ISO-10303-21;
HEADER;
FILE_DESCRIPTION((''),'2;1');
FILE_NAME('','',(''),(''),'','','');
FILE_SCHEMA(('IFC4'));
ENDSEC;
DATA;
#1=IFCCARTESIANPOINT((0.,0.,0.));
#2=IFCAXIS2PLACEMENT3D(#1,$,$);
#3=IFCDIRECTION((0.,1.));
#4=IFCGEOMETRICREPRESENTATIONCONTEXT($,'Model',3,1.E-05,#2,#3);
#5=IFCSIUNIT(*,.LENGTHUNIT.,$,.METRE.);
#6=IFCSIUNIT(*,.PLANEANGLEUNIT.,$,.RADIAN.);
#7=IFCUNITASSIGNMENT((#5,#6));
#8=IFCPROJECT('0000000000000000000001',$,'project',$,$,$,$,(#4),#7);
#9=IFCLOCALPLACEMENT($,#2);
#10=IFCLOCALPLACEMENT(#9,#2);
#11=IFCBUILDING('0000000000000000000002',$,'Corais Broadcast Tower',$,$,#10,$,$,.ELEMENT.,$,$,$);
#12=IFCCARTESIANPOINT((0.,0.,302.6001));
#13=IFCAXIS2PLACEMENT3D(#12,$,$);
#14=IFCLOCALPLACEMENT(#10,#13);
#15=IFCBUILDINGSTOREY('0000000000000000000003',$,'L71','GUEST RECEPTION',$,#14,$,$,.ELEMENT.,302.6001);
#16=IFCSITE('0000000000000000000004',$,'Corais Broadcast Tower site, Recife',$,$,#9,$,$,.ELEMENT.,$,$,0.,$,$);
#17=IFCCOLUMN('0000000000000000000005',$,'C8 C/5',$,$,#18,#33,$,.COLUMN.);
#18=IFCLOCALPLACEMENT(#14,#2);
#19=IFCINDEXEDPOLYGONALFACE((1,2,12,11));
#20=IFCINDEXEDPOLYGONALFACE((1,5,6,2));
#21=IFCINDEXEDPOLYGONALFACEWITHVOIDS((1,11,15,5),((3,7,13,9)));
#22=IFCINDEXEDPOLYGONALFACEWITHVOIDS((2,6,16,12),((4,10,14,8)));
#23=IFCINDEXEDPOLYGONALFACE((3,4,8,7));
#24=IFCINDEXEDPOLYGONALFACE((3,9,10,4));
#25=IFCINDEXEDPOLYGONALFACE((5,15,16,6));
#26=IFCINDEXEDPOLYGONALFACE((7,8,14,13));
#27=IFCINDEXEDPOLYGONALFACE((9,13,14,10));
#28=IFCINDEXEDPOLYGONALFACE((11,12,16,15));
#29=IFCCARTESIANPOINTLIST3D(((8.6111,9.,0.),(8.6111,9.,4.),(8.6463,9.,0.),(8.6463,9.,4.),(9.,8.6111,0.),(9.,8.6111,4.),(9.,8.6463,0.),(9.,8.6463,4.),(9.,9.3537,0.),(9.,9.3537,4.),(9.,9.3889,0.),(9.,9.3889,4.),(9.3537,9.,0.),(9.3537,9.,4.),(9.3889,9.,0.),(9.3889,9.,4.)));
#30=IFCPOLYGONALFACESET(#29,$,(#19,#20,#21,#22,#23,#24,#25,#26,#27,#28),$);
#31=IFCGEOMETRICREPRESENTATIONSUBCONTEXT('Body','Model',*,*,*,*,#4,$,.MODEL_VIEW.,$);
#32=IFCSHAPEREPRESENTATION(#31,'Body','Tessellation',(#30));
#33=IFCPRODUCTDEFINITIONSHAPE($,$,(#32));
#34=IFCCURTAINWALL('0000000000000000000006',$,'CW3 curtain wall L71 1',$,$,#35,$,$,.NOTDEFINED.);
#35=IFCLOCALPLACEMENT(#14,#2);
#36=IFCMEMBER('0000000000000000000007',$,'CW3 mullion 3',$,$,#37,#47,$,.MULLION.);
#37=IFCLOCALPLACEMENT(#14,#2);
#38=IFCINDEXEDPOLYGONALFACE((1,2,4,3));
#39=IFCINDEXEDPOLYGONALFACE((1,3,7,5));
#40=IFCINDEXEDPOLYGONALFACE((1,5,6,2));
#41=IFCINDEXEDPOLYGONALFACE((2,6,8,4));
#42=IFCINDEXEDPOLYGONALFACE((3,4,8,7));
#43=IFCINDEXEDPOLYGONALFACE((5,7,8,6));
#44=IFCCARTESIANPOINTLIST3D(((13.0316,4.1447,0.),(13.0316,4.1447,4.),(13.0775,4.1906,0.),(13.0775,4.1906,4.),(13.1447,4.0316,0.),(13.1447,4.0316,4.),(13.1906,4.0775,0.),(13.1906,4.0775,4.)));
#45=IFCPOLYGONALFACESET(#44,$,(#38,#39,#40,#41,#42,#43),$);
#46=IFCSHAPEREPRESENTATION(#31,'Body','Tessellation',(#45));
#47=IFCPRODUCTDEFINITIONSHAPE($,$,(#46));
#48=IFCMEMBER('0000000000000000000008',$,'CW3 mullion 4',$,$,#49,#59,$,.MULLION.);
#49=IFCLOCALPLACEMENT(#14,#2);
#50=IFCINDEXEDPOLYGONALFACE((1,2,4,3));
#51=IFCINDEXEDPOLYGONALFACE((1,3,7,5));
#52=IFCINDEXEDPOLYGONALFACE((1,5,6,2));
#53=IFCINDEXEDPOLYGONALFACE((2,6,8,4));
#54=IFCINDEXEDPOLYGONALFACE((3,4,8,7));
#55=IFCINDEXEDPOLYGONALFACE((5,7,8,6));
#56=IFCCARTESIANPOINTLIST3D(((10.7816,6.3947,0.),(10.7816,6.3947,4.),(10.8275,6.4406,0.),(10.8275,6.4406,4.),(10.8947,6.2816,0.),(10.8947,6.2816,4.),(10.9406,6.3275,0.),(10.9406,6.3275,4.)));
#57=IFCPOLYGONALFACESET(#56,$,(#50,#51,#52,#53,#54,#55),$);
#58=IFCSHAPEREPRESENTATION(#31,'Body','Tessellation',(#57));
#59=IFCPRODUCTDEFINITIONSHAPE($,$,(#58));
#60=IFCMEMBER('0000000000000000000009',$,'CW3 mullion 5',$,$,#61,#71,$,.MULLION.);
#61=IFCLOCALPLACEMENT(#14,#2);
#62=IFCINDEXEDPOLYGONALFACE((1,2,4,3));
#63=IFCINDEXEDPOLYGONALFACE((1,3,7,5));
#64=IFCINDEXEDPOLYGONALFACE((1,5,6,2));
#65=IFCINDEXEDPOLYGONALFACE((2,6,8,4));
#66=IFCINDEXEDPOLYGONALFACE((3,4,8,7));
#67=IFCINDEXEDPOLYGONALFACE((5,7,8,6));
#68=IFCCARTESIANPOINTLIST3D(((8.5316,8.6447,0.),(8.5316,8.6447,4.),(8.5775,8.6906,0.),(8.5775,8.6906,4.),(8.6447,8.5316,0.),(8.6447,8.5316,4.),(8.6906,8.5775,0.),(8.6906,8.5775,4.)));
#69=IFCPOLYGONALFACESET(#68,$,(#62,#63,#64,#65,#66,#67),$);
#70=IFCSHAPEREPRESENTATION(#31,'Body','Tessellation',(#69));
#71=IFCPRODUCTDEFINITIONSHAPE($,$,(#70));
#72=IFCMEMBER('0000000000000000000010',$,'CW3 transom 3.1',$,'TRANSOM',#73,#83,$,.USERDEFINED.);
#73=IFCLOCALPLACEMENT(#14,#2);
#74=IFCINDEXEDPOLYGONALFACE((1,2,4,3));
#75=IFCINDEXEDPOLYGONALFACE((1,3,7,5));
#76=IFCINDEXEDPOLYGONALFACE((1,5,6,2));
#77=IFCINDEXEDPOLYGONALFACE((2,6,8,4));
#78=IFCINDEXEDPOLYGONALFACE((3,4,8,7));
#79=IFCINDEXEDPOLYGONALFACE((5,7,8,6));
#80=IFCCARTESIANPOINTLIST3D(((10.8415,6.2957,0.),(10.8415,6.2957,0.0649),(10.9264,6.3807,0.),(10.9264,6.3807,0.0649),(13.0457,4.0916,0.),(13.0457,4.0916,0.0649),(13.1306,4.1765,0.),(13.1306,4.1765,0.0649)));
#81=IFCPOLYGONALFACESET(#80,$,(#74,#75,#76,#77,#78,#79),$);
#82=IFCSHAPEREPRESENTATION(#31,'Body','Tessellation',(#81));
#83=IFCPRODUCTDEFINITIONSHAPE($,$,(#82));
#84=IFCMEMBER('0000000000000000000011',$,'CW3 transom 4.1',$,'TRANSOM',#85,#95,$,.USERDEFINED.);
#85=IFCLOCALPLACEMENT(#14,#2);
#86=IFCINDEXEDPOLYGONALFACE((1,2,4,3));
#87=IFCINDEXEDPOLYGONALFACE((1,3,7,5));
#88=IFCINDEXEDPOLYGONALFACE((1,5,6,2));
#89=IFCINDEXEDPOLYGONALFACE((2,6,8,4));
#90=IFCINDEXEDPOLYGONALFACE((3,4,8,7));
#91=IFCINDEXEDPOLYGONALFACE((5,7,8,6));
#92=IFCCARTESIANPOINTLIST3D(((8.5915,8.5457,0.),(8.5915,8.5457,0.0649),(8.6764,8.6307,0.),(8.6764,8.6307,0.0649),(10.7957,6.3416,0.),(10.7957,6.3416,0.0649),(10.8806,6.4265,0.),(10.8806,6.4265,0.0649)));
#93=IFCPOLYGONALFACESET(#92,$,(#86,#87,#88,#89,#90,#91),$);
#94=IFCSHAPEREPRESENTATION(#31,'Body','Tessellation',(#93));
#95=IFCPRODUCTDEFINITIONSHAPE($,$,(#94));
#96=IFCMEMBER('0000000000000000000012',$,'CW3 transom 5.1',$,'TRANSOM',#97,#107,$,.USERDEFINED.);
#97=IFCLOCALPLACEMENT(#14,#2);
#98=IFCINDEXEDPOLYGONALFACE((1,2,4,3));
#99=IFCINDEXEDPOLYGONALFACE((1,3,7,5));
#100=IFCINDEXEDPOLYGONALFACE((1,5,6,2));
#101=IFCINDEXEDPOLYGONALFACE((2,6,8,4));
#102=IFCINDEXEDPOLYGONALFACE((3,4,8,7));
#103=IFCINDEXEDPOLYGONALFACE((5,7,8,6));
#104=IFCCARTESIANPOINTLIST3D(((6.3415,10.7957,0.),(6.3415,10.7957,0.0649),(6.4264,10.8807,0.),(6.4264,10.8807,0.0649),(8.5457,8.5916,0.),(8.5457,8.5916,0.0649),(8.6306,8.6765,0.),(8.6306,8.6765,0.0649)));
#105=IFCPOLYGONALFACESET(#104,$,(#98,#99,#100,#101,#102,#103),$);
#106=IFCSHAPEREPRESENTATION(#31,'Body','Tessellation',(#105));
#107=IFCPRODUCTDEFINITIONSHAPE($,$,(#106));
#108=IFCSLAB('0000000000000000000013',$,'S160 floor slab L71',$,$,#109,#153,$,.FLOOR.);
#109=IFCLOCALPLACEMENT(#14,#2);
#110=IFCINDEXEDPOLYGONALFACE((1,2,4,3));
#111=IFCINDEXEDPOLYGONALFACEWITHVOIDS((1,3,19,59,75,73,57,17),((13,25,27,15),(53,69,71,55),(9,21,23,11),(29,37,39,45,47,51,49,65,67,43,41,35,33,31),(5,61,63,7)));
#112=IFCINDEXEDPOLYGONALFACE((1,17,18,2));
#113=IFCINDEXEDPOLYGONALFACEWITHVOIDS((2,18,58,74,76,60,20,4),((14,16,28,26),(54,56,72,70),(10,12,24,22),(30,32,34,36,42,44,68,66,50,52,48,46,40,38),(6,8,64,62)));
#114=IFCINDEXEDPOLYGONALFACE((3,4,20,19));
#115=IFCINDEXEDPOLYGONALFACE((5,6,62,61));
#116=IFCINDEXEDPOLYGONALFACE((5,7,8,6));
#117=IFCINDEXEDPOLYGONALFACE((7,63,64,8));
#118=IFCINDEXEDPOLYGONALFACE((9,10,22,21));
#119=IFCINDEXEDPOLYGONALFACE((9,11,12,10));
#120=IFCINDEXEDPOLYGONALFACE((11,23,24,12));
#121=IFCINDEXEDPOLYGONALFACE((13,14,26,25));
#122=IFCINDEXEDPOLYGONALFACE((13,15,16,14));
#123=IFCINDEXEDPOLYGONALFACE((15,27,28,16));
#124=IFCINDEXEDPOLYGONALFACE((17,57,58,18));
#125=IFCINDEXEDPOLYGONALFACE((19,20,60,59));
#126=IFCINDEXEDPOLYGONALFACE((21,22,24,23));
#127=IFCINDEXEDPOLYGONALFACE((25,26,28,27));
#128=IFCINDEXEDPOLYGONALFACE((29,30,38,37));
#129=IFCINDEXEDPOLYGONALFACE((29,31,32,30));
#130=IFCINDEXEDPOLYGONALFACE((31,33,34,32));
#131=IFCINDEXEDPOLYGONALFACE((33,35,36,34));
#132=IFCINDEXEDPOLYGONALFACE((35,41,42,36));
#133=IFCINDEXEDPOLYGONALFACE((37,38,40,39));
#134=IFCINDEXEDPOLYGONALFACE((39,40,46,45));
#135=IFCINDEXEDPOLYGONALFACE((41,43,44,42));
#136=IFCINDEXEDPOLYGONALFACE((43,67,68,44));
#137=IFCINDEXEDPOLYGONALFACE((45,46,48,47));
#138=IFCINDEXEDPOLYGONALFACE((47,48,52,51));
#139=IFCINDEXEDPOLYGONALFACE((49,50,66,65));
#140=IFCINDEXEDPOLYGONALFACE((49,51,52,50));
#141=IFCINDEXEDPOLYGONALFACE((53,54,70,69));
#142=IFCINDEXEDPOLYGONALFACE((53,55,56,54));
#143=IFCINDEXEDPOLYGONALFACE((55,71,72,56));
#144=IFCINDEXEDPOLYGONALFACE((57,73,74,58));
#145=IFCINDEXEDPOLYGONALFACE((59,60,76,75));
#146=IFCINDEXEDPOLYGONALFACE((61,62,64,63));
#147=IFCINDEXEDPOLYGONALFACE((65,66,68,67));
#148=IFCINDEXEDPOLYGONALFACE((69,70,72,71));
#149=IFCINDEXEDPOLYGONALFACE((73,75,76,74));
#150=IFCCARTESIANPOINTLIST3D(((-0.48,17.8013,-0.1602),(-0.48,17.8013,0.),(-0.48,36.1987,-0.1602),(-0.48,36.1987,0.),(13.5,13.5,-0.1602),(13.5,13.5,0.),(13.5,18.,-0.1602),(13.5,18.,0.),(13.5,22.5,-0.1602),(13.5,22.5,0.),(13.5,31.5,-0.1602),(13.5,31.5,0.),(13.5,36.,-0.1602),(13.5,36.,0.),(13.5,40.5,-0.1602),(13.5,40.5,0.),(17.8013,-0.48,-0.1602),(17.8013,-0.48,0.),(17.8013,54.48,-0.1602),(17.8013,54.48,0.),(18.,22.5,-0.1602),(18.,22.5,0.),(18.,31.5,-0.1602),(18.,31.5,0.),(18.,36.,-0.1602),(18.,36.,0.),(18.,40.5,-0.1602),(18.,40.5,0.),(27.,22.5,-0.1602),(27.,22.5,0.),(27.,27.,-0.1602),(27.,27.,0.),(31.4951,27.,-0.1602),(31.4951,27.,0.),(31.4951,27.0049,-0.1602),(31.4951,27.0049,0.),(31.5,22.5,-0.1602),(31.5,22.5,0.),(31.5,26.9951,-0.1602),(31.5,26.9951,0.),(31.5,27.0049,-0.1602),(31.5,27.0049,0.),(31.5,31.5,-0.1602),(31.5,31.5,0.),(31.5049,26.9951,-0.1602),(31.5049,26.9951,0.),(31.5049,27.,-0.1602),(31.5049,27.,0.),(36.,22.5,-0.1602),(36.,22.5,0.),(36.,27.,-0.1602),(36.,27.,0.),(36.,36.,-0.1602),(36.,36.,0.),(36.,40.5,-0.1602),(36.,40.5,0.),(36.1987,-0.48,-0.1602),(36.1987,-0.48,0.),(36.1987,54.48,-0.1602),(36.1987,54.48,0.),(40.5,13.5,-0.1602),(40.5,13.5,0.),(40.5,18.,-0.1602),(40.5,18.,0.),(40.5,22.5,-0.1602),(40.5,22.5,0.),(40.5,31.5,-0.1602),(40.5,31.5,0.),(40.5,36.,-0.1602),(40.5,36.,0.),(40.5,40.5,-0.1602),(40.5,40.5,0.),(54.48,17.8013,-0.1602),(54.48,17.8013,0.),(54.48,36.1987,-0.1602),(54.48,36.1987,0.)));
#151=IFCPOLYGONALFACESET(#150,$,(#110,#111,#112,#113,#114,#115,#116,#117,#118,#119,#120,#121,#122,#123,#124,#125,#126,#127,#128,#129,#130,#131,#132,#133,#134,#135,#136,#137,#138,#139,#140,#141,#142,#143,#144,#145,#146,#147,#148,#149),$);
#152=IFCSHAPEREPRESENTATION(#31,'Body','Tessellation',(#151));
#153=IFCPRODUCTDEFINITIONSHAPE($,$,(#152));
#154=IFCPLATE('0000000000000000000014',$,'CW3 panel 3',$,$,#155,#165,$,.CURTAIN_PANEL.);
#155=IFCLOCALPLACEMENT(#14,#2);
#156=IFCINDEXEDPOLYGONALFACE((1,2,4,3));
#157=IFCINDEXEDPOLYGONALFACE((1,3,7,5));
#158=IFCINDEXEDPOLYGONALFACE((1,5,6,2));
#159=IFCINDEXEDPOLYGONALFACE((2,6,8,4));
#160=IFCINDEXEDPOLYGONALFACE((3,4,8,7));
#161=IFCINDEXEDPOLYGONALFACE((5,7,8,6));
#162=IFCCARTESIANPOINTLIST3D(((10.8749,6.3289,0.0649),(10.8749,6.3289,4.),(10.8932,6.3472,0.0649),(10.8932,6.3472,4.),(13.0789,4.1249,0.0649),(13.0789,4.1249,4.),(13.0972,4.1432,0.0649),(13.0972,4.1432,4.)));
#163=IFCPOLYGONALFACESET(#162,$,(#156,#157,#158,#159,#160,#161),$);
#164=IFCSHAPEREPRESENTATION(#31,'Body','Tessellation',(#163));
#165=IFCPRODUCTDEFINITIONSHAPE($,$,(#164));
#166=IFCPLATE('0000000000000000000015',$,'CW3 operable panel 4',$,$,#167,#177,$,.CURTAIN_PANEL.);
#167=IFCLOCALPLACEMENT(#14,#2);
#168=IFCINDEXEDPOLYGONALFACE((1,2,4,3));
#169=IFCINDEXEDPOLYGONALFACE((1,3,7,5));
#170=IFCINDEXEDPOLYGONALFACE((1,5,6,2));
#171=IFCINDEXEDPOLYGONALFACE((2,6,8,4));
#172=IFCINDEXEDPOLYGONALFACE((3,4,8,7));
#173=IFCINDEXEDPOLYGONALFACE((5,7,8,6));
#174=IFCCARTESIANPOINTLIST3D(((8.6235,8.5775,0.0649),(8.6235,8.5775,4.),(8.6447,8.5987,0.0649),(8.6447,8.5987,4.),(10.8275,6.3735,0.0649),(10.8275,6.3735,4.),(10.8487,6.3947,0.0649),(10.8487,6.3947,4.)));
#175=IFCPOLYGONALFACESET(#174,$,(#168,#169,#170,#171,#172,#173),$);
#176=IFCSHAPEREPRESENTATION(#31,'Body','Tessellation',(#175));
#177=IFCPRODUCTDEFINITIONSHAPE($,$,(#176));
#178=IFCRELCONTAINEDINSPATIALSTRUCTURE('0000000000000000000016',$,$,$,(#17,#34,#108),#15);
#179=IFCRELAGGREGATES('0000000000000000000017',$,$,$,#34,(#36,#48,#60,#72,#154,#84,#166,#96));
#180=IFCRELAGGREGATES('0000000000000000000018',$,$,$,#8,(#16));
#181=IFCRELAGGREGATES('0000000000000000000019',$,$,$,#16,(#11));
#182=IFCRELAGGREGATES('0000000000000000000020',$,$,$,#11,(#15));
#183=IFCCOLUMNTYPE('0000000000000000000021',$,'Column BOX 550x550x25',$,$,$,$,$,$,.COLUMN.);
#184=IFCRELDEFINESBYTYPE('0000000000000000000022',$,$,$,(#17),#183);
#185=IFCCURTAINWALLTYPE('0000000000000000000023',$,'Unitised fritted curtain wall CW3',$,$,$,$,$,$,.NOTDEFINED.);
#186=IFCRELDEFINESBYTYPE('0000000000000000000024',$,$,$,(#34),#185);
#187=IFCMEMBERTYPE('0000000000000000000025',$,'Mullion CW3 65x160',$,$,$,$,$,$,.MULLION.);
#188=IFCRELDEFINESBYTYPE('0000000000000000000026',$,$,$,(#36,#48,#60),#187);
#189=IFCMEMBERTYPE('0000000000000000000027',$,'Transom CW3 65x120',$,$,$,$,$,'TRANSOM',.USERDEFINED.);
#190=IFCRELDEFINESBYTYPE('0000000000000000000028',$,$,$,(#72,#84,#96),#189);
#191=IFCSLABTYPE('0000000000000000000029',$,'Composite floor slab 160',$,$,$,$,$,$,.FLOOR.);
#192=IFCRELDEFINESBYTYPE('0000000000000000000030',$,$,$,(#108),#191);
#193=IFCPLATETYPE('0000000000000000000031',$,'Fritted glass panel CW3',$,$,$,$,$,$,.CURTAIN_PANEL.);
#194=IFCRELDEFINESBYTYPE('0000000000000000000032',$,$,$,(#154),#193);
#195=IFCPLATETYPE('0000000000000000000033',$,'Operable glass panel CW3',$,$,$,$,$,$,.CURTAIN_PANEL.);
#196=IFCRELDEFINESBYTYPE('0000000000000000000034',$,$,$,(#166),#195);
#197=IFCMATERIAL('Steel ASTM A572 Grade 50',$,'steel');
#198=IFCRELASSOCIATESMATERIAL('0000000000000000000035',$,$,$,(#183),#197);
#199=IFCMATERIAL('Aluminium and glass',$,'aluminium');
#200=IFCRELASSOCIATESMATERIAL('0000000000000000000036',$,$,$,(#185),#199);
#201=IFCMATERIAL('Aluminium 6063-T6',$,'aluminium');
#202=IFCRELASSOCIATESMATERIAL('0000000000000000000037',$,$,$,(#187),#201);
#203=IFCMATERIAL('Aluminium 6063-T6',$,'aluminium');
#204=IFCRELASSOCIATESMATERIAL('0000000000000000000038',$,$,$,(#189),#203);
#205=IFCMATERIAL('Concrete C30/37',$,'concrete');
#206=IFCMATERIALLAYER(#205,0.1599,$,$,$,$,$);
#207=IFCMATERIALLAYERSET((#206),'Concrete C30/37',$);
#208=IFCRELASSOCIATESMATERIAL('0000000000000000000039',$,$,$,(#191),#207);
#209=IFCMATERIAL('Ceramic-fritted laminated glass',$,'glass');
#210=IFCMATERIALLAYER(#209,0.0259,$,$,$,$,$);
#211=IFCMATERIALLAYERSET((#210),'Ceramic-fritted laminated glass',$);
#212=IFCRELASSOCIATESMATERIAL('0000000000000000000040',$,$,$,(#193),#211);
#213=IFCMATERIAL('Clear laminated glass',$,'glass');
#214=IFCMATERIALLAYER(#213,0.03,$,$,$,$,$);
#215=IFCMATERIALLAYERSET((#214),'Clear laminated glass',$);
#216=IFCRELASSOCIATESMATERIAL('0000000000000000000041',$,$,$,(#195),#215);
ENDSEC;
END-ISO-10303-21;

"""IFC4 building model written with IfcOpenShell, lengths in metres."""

from ifc_helpers import new_model, si_unit, direction, frame, origin, origin_2d, place, context, subcontext, project, spatial, polyline, rectangle, hollow_rectangle, outline, extrude, material, layer, layer_set, material_profile, profile_set, type_object, element, aggregate, save


model = new_model("IFC4")

# Units and contexts
model_context = context("Model", 3, precision=1e-05, world=origin(), true_north=direction((0.0, 1.0)))
body_context = subcontext(model_context, "Body", "Model", "MODEL_VIEW")
ifc_project = project(units=[si_unit("LENGTHUNIT", "METRE"), si_unit("PLANEANGLEUNIT", "RADIAN")], contexts=[model_context])

# Site, building, storey
site_placement = place(None, origin())
site = spatial("IfcSite", under=ifc_project, at=site_placement, Name="Corais Broadcast Tower site, Recife", CompositionType="ELEMENT", RefElevation=0.0)
building_placement = place(site_placement, origin())
building = spatial("IfcBuilding", under=site, at=building_placement, Name="Corais Broadcast Tower", CompositionType="ELEMENT")
storey_placement = place(building_placement, frame((0.0, 0.0, 302.6001)))
storey = spatial("IfcBuildingStorey", under=building, at=storey_placement, Name="L71", Description="GUEST RECEPTION", CompositionType="ELEMENT", Elevation=302.6001)

# Column
ifc_material_1 = material(Name="Steel ASTM A572 Grade 50", Category="steel")
ifc_material_profile_1 = material_profile(ifc_material_1, hollow_rectangle(XDim=0.55, YDim=0.55, WallThickness=0.0249, at=origin_2d()), Name="BOX 550x550x25")
ifc_profile_set_1 = profile_set([ifc_material_profile_1], Name="Steel ASTM A572 Grade 50")
column_type = type_object("IfcColumnType", Name="Column BOX 550x550x25", PredefinedType="COLUMN", material=ifc_profile_set_1)
column_placement = place(storey_placement, frame((9.0, 9.0, 0.0), z_axis=(0.0, 0.0, 1.0), x_axis=(0.707107, 0.707107, 0.0)))
element("IfcColumn", 1, at=column_placement, inside=storey, type_object=column_type, Name="C8 C/5", PredefinedType="COLUMN", context=body_context, shape_type="SweptSolid", body=[
    extrude(hollow_rectangle(XDim=0.55, YDim=0.55, WallThickness=0.0249, at=origin_2d()), origin(), (0.0, 0.0, 1.0), 4.0),
])

# Curtain wall, members
ifc_material_2 = material(Name="Aluminium and glass", Category="aluminium")
curtain_wall_type = type_object("IfcCurtainWallType", Name="Unitised fritted curtain wall CW3", PredefinedType="NOTDEFINED", material=ifc_material_2)
curtain_wall_placement = place(storey_placement, origin())
curtain_wall = element("IfcCurtainWall", 2, at=curtain_wall_placement, inside=storey, type_object=curtain_wall_type, Name="CW3 curtain wall L71 1", PredefinedType="NOTDEFINED")
ifc_material_3 = material(Name="Aluminium 6063-T6", Category="aluminium")
ifc_material_profile_2 = material_profile(ifc_material_3, rectangle(XDim=0.0649, YDim=0.1599, at=origin_2d()), Name="Mullion CW3 65x160")
ifc_profile_set_2 = profile_set([ifc_material_profile_2], Name="Aluminium 6063-T6")
member_type_1 = type_object("IfcMemberType", Name="Mullion CW3 65x160", PredefinedType="MULLION", material=ifc_profile_set_2)
member_1_placement = place(storey_placement, frame((13.1111, 4.1111, 0.0), z_axis=(0.0, 0.0, 1.0), x_axis=(-0.707107, -0.707107, 0.0)))
member_1 = element("IfcMember", 3, at=member_1_placement, type_object=member_type_1, Name="CW3 mullion 3", PredefinedType="MULLION", context=body_context, shape_type="SweptSolid", body=[
    extrude(rectangle(XDim=0.0649, YDim=0.1599, at=origin_2d()), origin(), (0.0, 0.0, 1.0), 4.0),
])
member_2_placement = place(storey_placement, frame((10.8611, 6.3611, 0.0), z_axis=(0.0, 0.0, 1.0), x_axis=(-0.707107, -0.707107, 0.0)))
member_2 = element("IfcMember", 4, at=member_2_placement, type_object=member_type_1, Name="CW3 mullion 4", PredefinedType="MULLION", context=body_context, shape_type="SweptSolid", body=[
    extrude(rectangle(XDim=0.0649, YDim=0.1599, at=origin_2d()), origin(), (0.0, 0.0, 1.0), 4.0),
])
member_3_placement = place(storey_placement, frame((8.6111, 8.6111, 0.0), z_axis=(0.0, 0.0, 1.0), x_axis=(-0.707107, -0.707107, 0.0)))
member_3 = element("IfcMember", 5, at=member_3_placement, type_object=member_type_1, Name="CW3 mullion 5", PredefinedType="MULLION", context=body_context, shape_type="SweptSolid", body=[
    extrude(rectangle(XDim=0.0649, YDim=0.1599, at=origin_2d()), origin(), (0.0, 0.0, 1.0), 4.0),
])
ifc_material_4 = material(Name="Aluminium 6063-T6", Category="aluminium")
ifc_material_profile_3 = material_profile(ifc_material_4, rectangle(XDim=0.1201, YDim=0.0649, at=origin_2d()), Name="Transom CW3 65x120")
ifc_profile_set_3 = profile_set([ifc_material_profile_3], Name="Aluminium 6063-T6")
member_type_2 = type_object("IfcMemberType", Name="Transom CW3 65x120", ElementType="TRANSOM", PredefinedType="USERDEFINED", material=ifc_profile_set_3)
member_4_placement = place(storey_placement, frame((13.0881, 4.134, 0.0325), z_axis=(-0.707107, 0.707107, 0.0), x_axis=(-0.707107, -0.707107, 0.0)))
member_4 = element("IfcMember", 6, at=member_4_placement, type_object=member_type_2, Name="CW3 transom 3.1", ObjectType="TRANSOM", PredefinedType="USERDEFINED", context=body_context, shape_type="SweptSolid", body=[
    extrude(rectangle(XDim=0.1201, YDim=0.0649, at=origin_2d()), origin(), (0.0, 0.0, 1.0), 3.1172),
])
member_5_placement = place(storey_placement, frame((10.8381, 6.384, 0.0325), z_axis=(-0.707107, 0.707107, 0.0), x_axis=(-0.707107, -0.707107, 0.0)))
member_5 = element("IfcMember", 7, at=member_5_placement, type_object=member_type_2, Name="CW3 transom 4.1", ObjectType="TRANSOM", PredefinedType="USERDEFINED", context=body_context, shape_type="SweptSolid", body=[
    extrude(rectangle(XDim=0.1201, YDim=0.0649, at=origin_2d()), origin(), (0.0, 0.0, 1.0), 3.1172),
])
member_6_placement = place(storey_placement, frame((8.5881, 8.634, 0.0325), z_axis=(-0.707107, 0.707107, 0.0), x_axis=(-0.707107, -0.707107, 0.0)))
member_6 = element("IfcMember", 8, at=member_6_placement, type_object=member_type_2, Name="CW3 transom 5.1", ObjectType="TRANSOM", PredefinedType="USERDEFINED", context=body_context, shape_type="SweptSolid", body=[
    extrude(rectangle(XDim=0.1201, YDim=0.0649, at=origin_2d()), origin(), (0.0, 0.0, 1.0), 3.1172),
])

# Slab
ifc_material_5 = material(Name="Concrete C30/37", Category="concrete")
ifc_layer_1 = layer(ifc_material_5, 0.1599)
ifc_layer_set_1 = layer_set([ifc_layer_1], Name="Concrete C30/37")
slab_type_1 = type_object("IfcSlabType", Name="Composite floor slab 160", PredefinedType="FLOOR", material=ifc_layer_set_1)
slab_1_placement = place(storey_placement, frame((0.0, 0.0, -0.1602)))
element("IfcSlab", 9, at=slab_1_placement, inside=storey, type_object=slab_type_1, Name="S160 floor slab L71", PredefinedType="FLOOR", context=body_context, shape_type="SweptSolid", body=[
    extrude(outline(polyline([(17.8013, -0.48), (-0.48, 17.8013), (-0.48, 36.1987), (17.8013, 54.48), (36.1987, 54.48), (54.48, 36.1987), (54.48, 17.8013), (36.1987, -0.48), (17.8013, -0.48)]), holes=[polyline([(13.5, 18.0), (40.5, 18.0), (40.5, 13.5), (13.5, 13.5), (13.5, 18.0)]), polyline([(18.0, 22.5), (13.5, 22.5), (13.5, 31.5), (18.0, 31.5), (18.0, 22.5)]), polyline([(18.0, 36.0), (13.5, 36.0), (13.5, 40.5), (18.0, 40.5), (18.0, 36.0)]), polyline([(31.5, 22.5), (27.0, 22.5), (27.0, 27.0), (31.4951, 27.0), (31.4951, 27.0049), (31.5, 27.0049), (31.5, 31.5), (40.5, 31.5), (40.5, 22.5), (36.0, 22.5), (36.0, 27.0), (31.5049, 27.0), (31.5049, 26.9951), (31.5, 26.9951), (31.5, 22.5)]), polyline([(40.5, 36.0), (36.0, 36.0), (36.0, 40.5), (40.5, 40.5), (40.5, 36.0)])]), origin(), (0.0, 0.0, 1.0), 0.1602),
])

# Plates
ifc_material_6 = material(Name="Ceramic-fritted laminated glass", Category="glass")
ifc_layer_2 = layer(ifc_material_6, 0.0259)
ifc_layer_set_2 = layer_set([ifc_layer_2], Name="Ceramic-fritted laminated glass")
plate_type_1 = type_object("IfcPlateType", Name="Fritted glass panel CW3", PredefinedType="CURTAIN_PANEL", material=ifc_layer_set_2)
plate_1_placement = place(storey_placement, frame((11.9861, 5.2361, 0.0649), z_axis=(0.0, 0.0, 1.0), x_axis=(-0.707107, 0.707107, 0.0)))
plate_1 = element("IfcPlate", 10, at=plate_1_placement, type_object=plate_type_1, Name="CW3 panel 3", PredefinedType="CURTAIN_PANEL", context=body_context, shape_type="SweptSolid", body=[
    extrude(rectangle(XDim=3.1169, YDim=0.0259, at=origin_2d()), origin(), (0.0, 0.0, 1.0), 3.9351),
])
ifc_material_7 = material(Name="Clear laminated glass", Category="glass")
ifc_layer_3 = layer(ifc_material_7, 0.03)
ifc_layer_set_3 = layer_set([ifc_layer_3], Name="Clear laminated glass")
plate_type_2 = type_object("IfcPlateType", Name="Operable glass panel CW3", PredefinedType="CURTAIN_PANEL", material=ifc_layer_set_3)
plate_2_placement = place(storey_placement, frame((9.7361, 7.4861, 0.0649), z_axis=(0.0, 0.0, 1.0), x_axis=(-0.707107, 0.707107, 0.0)))
plate_2 = element("IfcPlate", 11, at=plate_2_placement, type_object=plate_type_2, Name="CW3 operable panel 4", PredefinedType="CURTAIN_PANEL", context=body_context, shape_type="SweptSolid", body=[
    extrude(rectangle(XDim=3.1169, YDim=0.03, at=origin_2d()), origin(), (0.0, 0.0, 1.0), 3.9351),
])
aggregate(curtain_wall, [member_1, member_2, member_3, member_4, plate_1, member_5, plate_2, member_6])

save(model, "model.ifc")
